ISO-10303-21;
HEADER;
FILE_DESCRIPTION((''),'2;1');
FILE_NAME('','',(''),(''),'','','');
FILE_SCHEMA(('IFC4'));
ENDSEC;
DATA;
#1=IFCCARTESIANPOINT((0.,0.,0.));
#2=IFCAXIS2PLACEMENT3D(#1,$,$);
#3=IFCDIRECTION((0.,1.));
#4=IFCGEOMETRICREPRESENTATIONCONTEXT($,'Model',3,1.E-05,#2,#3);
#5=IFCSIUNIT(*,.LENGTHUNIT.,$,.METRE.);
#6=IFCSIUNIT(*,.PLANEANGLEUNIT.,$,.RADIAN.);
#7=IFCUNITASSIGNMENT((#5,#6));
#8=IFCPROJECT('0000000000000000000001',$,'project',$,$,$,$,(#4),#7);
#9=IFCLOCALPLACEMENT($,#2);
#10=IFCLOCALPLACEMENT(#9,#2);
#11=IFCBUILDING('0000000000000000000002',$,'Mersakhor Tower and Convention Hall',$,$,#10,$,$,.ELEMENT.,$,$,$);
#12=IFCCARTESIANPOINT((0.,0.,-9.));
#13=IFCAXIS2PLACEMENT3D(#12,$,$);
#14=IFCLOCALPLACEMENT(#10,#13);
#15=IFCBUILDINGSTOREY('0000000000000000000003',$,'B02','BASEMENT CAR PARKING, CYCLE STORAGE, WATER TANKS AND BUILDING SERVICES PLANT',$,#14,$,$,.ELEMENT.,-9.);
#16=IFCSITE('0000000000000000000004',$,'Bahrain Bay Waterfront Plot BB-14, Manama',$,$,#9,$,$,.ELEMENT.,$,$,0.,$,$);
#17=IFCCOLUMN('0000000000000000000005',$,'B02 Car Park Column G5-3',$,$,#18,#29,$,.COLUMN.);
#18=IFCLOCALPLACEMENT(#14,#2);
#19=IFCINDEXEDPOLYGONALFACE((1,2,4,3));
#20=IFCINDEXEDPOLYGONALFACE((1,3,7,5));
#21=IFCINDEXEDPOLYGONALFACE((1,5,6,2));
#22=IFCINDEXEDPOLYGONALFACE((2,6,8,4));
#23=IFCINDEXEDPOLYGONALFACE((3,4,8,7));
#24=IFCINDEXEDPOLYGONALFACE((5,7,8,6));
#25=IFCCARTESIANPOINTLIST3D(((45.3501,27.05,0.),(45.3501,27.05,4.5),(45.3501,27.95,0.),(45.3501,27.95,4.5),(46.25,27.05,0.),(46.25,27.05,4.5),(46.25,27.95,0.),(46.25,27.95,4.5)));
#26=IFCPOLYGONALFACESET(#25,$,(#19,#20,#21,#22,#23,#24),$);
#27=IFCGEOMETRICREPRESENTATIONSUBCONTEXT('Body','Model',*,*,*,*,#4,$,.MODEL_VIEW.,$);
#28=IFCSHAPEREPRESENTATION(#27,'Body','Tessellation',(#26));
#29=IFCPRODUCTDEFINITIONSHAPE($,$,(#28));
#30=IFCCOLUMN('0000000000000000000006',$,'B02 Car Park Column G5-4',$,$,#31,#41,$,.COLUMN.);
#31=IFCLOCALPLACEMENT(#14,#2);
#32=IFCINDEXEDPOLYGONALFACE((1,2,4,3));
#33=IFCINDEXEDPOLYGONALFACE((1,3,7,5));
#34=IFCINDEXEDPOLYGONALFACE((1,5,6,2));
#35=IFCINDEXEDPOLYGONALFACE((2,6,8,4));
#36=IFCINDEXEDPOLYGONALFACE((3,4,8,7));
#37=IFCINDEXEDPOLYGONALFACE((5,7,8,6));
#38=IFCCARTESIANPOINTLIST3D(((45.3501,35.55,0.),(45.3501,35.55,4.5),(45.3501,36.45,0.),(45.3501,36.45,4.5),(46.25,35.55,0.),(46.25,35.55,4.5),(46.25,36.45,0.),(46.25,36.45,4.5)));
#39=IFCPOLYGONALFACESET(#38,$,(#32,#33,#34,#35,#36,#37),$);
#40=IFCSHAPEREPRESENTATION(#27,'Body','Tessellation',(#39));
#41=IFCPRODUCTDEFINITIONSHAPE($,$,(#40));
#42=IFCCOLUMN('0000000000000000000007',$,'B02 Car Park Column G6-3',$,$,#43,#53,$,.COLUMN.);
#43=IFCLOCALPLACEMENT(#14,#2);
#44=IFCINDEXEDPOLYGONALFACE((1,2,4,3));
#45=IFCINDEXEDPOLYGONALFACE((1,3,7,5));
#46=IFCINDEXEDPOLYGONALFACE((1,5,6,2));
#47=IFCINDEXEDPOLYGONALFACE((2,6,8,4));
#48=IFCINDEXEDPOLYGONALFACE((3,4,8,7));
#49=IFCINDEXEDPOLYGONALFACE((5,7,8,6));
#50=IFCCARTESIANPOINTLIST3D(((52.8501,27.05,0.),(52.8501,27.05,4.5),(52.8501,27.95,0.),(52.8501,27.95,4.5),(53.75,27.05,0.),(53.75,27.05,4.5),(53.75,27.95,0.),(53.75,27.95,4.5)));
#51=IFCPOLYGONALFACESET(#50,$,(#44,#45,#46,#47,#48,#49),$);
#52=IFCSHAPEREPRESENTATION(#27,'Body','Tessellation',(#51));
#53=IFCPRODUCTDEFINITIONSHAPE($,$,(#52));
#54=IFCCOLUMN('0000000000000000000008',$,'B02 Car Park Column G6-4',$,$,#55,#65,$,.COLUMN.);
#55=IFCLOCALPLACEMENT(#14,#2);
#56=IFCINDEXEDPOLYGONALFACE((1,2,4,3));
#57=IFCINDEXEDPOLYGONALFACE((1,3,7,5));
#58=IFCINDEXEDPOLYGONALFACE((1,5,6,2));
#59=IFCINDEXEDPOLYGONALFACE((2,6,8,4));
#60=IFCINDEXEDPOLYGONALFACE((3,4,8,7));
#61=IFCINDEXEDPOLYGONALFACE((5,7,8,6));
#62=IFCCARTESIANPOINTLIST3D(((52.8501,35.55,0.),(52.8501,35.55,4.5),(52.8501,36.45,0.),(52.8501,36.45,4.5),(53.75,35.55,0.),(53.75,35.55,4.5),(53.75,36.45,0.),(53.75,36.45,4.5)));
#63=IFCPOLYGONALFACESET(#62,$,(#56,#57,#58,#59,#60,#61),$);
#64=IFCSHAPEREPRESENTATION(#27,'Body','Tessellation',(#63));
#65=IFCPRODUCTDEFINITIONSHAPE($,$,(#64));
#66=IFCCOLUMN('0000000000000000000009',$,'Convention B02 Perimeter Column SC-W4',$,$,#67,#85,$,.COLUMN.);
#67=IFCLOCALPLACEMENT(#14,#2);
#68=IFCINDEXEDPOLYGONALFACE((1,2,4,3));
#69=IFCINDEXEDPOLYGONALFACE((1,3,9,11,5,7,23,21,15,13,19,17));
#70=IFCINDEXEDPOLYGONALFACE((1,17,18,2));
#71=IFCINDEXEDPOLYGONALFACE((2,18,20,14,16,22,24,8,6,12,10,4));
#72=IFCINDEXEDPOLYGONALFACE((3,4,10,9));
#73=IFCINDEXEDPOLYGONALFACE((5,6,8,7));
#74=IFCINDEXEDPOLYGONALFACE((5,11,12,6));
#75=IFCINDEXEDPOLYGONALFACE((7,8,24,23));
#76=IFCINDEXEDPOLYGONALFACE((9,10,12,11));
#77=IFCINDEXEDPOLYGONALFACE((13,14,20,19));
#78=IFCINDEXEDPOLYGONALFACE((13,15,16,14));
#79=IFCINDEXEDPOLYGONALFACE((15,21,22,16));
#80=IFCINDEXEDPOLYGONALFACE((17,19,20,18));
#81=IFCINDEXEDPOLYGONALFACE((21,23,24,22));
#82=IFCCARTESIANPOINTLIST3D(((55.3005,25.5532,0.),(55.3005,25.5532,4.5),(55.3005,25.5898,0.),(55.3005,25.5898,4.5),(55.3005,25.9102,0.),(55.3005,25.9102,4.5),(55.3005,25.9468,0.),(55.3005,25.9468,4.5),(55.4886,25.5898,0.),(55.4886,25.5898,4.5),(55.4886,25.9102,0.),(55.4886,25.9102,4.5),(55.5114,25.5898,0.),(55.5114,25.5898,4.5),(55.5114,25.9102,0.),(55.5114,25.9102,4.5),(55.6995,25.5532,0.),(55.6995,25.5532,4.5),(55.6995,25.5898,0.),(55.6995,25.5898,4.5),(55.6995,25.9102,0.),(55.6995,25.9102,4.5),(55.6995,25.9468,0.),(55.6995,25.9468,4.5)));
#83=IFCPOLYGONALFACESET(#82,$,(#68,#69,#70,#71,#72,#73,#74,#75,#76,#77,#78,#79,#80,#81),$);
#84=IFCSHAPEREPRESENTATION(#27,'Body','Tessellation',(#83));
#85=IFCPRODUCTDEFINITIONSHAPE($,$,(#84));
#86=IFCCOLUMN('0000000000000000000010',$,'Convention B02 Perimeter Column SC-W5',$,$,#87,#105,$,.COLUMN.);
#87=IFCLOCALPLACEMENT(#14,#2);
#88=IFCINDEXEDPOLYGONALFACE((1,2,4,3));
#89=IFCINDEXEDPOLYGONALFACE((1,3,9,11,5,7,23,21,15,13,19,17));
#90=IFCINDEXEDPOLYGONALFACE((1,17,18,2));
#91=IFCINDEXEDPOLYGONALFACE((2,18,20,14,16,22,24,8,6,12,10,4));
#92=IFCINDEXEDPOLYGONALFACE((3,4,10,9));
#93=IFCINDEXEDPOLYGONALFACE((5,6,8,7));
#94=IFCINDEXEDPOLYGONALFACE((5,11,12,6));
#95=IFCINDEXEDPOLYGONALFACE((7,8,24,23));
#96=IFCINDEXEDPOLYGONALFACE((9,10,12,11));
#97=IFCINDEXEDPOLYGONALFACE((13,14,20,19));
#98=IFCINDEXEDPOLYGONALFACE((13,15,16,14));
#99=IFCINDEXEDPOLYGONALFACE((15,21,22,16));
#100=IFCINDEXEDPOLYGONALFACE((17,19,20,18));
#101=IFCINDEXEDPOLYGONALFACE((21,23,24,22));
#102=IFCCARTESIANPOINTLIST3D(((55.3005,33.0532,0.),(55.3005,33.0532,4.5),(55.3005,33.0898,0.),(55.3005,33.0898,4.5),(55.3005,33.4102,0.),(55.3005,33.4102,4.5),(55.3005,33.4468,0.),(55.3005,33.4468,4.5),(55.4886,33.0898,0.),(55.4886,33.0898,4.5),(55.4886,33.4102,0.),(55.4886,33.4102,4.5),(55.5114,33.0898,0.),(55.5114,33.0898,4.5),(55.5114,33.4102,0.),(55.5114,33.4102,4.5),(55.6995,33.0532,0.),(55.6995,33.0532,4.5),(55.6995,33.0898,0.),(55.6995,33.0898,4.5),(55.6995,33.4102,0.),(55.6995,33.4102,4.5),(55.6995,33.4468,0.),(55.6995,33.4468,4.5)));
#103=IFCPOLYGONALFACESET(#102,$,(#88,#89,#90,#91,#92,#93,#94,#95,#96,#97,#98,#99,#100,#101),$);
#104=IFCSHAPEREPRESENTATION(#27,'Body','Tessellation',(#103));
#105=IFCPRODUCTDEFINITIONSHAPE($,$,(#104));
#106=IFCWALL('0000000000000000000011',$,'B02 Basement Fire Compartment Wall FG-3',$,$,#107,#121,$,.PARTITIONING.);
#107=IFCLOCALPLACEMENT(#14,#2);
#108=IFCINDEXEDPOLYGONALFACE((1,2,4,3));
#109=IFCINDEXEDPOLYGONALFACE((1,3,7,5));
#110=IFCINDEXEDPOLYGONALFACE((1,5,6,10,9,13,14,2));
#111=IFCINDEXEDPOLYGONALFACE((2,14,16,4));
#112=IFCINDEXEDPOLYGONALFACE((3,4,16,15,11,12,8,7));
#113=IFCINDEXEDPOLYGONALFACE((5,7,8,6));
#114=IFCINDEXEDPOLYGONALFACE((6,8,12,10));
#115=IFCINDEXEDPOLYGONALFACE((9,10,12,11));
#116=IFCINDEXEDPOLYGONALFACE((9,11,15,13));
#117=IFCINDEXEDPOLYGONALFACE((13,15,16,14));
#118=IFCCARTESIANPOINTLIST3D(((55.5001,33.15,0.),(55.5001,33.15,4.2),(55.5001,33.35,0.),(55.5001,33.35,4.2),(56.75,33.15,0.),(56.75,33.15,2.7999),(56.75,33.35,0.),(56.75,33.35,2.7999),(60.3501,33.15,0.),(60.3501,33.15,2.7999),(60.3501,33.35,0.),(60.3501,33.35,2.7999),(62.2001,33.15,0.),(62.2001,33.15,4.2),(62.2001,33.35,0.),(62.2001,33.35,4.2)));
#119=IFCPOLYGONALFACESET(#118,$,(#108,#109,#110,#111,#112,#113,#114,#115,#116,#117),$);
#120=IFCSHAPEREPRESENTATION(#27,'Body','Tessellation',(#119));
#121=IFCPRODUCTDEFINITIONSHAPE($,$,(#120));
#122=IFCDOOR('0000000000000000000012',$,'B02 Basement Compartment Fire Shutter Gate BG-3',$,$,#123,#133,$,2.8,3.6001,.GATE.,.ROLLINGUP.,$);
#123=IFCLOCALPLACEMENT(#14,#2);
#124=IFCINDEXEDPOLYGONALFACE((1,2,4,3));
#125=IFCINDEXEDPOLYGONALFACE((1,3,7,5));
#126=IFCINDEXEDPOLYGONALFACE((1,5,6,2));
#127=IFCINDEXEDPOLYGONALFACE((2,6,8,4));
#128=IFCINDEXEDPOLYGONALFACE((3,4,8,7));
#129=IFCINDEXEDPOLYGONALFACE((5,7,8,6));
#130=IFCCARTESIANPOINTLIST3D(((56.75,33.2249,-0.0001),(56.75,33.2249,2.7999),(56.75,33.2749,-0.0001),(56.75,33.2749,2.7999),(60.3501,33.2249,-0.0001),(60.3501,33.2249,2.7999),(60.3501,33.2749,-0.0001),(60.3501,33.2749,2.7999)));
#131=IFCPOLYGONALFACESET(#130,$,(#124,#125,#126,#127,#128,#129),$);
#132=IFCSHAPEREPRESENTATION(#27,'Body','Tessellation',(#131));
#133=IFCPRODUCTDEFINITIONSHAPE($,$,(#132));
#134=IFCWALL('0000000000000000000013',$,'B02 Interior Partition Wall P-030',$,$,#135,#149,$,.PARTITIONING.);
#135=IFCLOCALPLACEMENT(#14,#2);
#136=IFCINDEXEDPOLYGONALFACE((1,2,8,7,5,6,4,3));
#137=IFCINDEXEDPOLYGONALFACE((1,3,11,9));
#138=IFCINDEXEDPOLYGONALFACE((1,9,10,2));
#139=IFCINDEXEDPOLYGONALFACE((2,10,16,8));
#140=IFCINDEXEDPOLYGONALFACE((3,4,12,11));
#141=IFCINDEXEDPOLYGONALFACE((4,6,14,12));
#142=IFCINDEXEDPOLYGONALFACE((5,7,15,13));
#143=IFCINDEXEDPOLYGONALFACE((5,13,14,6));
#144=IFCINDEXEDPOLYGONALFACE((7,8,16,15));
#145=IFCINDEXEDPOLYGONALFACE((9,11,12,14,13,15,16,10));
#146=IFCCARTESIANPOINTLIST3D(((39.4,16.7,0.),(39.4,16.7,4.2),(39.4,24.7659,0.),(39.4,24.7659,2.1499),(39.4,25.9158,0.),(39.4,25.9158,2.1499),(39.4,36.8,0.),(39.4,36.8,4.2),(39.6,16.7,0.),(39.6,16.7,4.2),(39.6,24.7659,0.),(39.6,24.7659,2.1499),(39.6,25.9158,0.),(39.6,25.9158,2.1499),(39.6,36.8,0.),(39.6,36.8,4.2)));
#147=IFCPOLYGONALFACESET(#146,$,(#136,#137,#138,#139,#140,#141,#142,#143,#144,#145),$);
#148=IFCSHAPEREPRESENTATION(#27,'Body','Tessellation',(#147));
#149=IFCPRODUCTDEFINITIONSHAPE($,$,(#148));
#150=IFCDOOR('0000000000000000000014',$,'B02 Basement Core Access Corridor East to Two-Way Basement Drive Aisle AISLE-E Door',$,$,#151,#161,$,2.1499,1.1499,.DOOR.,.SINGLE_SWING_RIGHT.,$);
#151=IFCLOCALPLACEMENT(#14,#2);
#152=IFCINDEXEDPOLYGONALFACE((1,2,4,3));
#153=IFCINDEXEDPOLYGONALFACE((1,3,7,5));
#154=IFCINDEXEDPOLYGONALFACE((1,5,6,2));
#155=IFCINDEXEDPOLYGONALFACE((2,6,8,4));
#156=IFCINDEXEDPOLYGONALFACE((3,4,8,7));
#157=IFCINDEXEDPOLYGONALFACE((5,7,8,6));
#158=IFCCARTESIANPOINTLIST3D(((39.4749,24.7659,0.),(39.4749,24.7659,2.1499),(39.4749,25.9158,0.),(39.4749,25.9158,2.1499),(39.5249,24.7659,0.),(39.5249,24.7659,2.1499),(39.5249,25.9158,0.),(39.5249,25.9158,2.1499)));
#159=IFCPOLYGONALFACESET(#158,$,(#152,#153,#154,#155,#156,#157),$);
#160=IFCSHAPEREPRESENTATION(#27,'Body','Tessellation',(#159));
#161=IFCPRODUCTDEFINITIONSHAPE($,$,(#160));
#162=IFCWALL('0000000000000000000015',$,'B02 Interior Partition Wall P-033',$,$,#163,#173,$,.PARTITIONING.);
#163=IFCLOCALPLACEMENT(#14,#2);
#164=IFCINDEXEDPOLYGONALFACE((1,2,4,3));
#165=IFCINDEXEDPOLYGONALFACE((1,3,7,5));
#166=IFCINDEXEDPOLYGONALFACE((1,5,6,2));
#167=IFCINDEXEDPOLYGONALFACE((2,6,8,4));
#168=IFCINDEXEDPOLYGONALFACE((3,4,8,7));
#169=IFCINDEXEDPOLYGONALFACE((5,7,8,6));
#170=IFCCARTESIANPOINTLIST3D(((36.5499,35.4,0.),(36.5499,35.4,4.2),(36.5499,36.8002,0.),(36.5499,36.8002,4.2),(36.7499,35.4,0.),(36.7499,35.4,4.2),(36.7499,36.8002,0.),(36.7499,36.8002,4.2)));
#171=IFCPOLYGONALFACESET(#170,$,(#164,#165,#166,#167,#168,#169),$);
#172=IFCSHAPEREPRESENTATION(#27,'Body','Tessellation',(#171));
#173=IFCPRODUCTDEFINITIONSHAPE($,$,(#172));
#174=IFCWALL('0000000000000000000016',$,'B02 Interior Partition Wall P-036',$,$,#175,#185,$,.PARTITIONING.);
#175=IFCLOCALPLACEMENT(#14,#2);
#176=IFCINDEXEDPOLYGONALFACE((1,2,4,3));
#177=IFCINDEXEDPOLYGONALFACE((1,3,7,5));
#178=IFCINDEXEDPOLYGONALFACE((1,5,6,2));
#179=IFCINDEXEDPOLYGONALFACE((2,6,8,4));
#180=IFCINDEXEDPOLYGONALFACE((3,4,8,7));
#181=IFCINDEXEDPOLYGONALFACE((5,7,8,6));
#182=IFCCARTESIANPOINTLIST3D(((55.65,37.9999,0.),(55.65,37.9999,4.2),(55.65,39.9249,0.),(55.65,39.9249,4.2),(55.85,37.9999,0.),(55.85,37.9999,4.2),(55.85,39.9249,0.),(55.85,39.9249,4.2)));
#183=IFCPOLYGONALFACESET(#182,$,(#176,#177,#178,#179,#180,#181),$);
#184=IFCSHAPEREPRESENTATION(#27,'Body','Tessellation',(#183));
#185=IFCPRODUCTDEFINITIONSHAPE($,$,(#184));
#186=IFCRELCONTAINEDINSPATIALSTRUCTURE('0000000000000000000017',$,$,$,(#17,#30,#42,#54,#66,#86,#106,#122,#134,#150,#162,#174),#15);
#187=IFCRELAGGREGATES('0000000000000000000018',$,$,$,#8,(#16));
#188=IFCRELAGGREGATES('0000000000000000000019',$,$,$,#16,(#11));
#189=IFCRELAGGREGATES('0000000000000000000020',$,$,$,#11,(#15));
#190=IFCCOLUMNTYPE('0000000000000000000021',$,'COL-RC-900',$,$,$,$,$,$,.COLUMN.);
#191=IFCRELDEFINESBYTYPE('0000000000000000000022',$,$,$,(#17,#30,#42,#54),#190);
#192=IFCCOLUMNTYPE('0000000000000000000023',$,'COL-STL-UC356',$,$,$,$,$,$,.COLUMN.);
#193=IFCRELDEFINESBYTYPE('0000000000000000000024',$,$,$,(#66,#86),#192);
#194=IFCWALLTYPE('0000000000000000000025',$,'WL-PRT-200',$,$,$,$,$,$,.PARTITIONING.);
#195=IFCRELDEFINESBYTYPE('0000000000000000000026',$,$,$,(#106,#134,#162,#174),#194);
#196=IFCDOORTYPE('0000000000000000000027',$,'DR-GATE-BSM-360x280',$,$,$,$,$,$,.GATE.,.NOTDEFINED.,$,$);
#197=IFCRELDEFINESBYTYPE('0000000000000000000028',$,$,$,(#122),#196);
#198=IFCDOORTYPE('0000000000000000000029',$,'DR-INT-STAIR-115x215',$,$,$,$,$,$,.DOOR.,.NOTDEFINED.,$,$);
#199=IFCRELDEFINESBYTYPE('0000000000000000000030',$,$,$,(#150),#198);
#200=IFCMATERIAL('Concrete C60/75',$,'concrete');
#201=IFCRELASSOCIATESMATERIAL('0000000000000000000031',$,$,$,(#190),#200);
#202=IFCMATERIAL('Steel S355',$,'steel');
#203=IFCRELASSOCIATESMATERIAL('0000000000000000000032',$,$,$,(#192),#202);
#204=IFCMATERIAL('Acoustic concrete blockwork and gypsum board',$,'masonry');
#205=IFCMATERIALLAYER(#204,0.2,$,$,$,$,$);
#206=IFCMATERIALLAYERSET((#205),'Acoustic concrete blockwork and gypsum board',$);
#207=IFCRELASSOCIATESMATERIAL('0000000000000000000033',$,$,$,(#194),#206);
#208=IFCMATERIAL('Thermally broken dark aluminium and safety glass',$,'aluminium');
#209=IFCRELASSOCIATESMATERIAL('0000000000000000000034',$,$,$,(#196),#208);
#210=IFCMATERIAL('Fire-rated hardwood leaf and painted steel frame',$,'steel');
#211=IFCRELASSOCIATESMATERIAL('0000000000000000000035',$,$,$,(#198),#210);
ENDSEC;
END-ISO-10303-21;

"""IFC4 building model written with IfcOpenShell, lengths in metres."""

from ifc_helpers import new_model, si_unit, direction, frame, frame_2d, origin, origin_2d, place, context, subcontext, project, spatial, rectangle, i_section, extrude, material, layer, layer_set, material_profile, profile_set, type_object, element, fill, save


model = new_model("IFC4")

# Units and contexts
model_context = context("Model", 3, precision=1e-05, world=origin(), true_north=direction((0.0, 1.0)))
body_context = subcontext(model_context, "Body", "Model", "MODEL_VIEW")
ifc_project = project(units=[si_unit("LENGTHUNIT", "METRE"), si_unit("PLANEANGLEUNIT", "RADIAN")], contexts=[model_context])

# Site, building, storey
site_placement = place(None, origin())
site = spatial("IfcSite", under=ifc_project, at=site_placement, Name="Bahrain Bay Waterfront Plot BB-14, Manama", CompositionType="ELEMENT", RefElevation=0.0)
building_placement = place(site_placement, origin())
building = spatial("IfcBuilding", under=site, at=building_placement, Name="Mersakhor Tower and Convention Hall", CompositionType="ELEMENT")
storey_placement = place(building_placement, frame((0.0, 0.0, -9.0)))
storey = spatial("IfcBuildingStorey", under=building, at=storey_placement, Name="B02", Description="BASEMENT CAR PARKING, CYCLE STORAGE, WATER TANKS AND BUILDING SERVICES PLANT", CompositionType="ELEMENT", Elevation=-9.0)

# Columns
ifc_material_1 = material(Name="Concrete C60/75", Category="concrete")
ifc_material_profile_1 = material_profile(ifc_material_1, rectangle(XDim=0.8999, YDim=0.8999, at=origin_2d()), Name="RC 900x900")
ifc_profile_set_1 = profile_set([ifc_material_profile_1], Name="Concrete C60/75")
column_type_1 = type_object("IfcColumnType", Name="COL-RC-900", PredefinedType="COLUMN", material=ifc_profile_set_1)
for number, where, z_axis, x_axis, name in (
    (1, (45.8, 27.5, 0.0), (0.0, 0.0, 1.0), (1.0, 0.0, 0.0), "B02 Car Park Column G5-3"),
    (2, (45.8, 36.0, 0.0), (0.0, 0.0, 1.0), (1.0, 0.0, 0.0), "B02 Car Park Column G5-4"),
    (3, (53.3, 27.5, 0.0), (0.0, 0.0, 1.0), (1.0, 0.0, 0.0), "B02 Car Park Column G6-3"),
    (4, (53.3, 36.0, 0.0), (0.0, 0.0, 1.0), (1.0, 0.0, 0.0), "B02 Car Park Column G6-4"),
):
    element("IfcColumn", number, at=place(storey_placement, frame(where, z_axis=z_axis, x_axis=x_axis)), inside=storey, type_object=column_type_1, Name=name, PredefinedType="COLUMN", context=body_context, shape_type="SweptSolid", body=[
        extrude(rectangle(XDim=0.8999, YDim=0.8999, at=origin_2d()), origin(), (0.0, 0.0, 1.0), 4.5),
    ])
ifc_material_2 = material(Name="Steel S355", Category="steel")
ifc_material_profile_2 = material_profile(ifc_material_2, i_section(OverallWidth=0.3989, OverallDepth=0.3936, WebThickness=0.0227, FlangeThickness=0.0366, at=origin_2d()), Name="UC 356x406x287")
ifc_profile_set_2 = profile_set([ifc_material_profile_2], Name="Steel S355")
column_type_2 = type_object("IfcColumnType", Name="COL-STL-UC356", PredefinedType="COLUMN", material=ifc_profile_set_2)
for number, where, z_axis, x_axis, name in (
    (5, (55.5, 25.75, 0.0), (0.0, 0.0, 1.0), (1.0, 0.0, 0.0), "Convention B02 Perimeter Column SC-W4"),
    (6, (55.5, 33.25, 0.0), (0.0, 0.0, 1.0), (1.0, 0.0, 0.0), "Convention B02 Perimeter Column SC-W5"),
):
    element("IfcColumn", number, at=place(storey_placement, frame(where, z_axis=z_axis, x_axis=x_axis)), inside=storey, type_object=column_type_2, Name=name, PredefinedType="COLUMN", context=body_context, shape_type="SweptSolid", body=[
        extrude(i_section(OverallWidth=0.3989, OverallDepth=0.3936, WebThickness=0.0227, FlangeThickness=0.0366, at=origin_2d()), origin(), (0.0, 0.0, 1.0), 4.5),
    ])

# Walls, openings, doors
ifc_material_3 = material(Name="Acoustic concrete blockwork and gypsum board", Category="masonry")
ifc_layer = layer(ifc_material_3, 0.2)
ifc_layer_set = layer_set([ifc_layer], Name="Acoustic concrete blockwork and gypsum board")
wall_type = type_object("IfcWallType", Name="WL-PRT-200", PredefinedType="PARTITIONING", material=ifc_layer_set)
wall_1_placement = place(storey_placement, frame((55.5, 33.25, 0.0), z_axis=(0.0, 0.0, 1.0), x_axis=(1.0, 0.0, 0.0)))
wall_1 = element("IfcWall", 7, at=wall_1_placement, inside=storey, type_object=wall_type, Name="B02 Basement Fire Compartment Wall FG-3", PredefinedType="PARTITIONING", context=body_context, shape_type="SweptSolid", body=[
    extrude(rectangle(XDim=6.7, YDim=0.2, at=frame_2d((3.3501, 0.0))), origin(), (0.0, 0.0, 1.0), 4.2),
])
opening_1_placement = place(wall_1_placement, frame((1.25, 0.0, 0.0)))
opening_1 = element("IfcOpeningElement", 8, at=opening_1_placement, cuts=wall_1, PredefinedType="OPENING", context=body_context, shape_type="SweptSolid", body=[
    extrude(rectangle(XDim=3.6001, YDim=2.8, at=frame_2d((1.8, 1.3999))), frame((0.0, 0.1099, 0.0), z_axis=(0.0, -1.0, 0.0), x_axis=(1.0, 0.0, 0.0)), (0.0, 0.0, 1.0), 0.22),
])
ifc_material_4 = material(Name="Thermally broken dark aluminium and safety glass", Category="aluminium")
door_type_1 = type_object("IfcDoorType", Name="DR-GATE-BSM-360x280", OperationType="NOTDEFINED", PredefinedType="GATE", material=ifc_material_4)
door_1_placement = place(opening_1_placement, origin())
door_1 = element("IfcDoor", 9, at=door_1_placement, inside=storey, type_object=door_type_1, Name="B02 Basement Compartment Fire Shutter Gate BG-3", OperationType="ROLLINGUP", OverallHeight=2.8, OverallWidth=3.6001, PredefinedType="GATE", context=body_context, shape_type="SweptSolid", body=[
    extrude(rectangle(XDim=3.6001, YDim=2.8, at=frame_2d((1.8, 1.3999))), frame((0.0, 0.0249, 0.0), z_axis=(0.0, -1.0, 0.0), x_axis=(1.0, 0.0, 0.0)), (0.0, 0.0, 1.0), 0.05),
])
fill(opening_1, door_1)
wall_2_placement = place(storey_placement, frame((39.5, 36.8, 0.0), z_axis=(0.0, 0.0, 1.0), x_axis=(0.0, -1.0, 0.0)))
wall_2 = element("IfcWall", 10, at=wall_2_placement, inside=storey, type_object=wall_type, Name="B02 Interior Partition Wall P-030", PredefinedType="PARTITIONING", context=body_context, shape_type="SweptSolid", body=[
    extrude(rectangle(XDim=20.1001, YDim=0.2, at=frame_2d((10.05, 0.0))), origin(), (0.0, 0.0, 1.0), 4.2),
])
opening_2_placement = place(wall_2_placement, frame((10.8843, 0.0, 0.0)))
opening_2 = element("IfcOpeningElement", 11, at=opening_2_placement, cuts=wall_2, PredefinedType="OPENING", context=body_context, shape_type="SweptSolid", body=[
    extrude(rectangle(XDim=1.1499, YDim=2.1499, at=frame_2d((0.575, 1.075))), frame((0.0, 0.1099, 0.0), z_axis=(0.0, -1.0, 0.0), x_axis=(1.0, 0.0, 0.0)), (0.0, 0.0, 1.0), 0.22),
])
ifc_material_5 = material(Name="Fire-rated hardwood leaf and painted steel frame", Category="steel")
door_type_2 = type_object("IfcDoorType", Name="DR-INT-STAIR-115x215", OperationType="NOTDEFINED", PredefinedType="DOOR", material=ifc_material_5)
door_2_placement = place(opening_2_placement, origin())
door_2 = element("IfcDoor", 12, at=door_2_placement, inside=storey, type_object=door_type_2, Name="B02 Basement Core Access Corridor East to Two-Way Basement Drive Aisle AISLE-E Door", OperationType="SINGLE_SWING_RIGHT", OverallHeight=2.1499, OverallWidth=1.1499, PredefinedType="DOOR", context=body_context, shape_type="SweptSolid", body=[
    extrude(rectangle(XDim=1.1499, YDim=2.1499, at=frame_2d((0.575, 1.075))), frame((0.0, 0.0249, 0.0), z_axis=(0.0, -1.0, 0.0), x_axis=(1.0, 0.0, 0.0)), (0.0, 0.0, 1.0), 0.05),
])
fill(opening_2, door_2)

# Wall
wall_3_placement = place(storey_placement, frame((36.6499, 35.3999, 0.0), z_axis=(0.0, 0.0, 1.0), x_axis=(0.0, 1.0, 0.0)))
element("IfcWall", 13, at=wall_3_placement, inside=storey, type_object=wall_type, Name="B02 Interior Partition Wall P-033", PredefinedType="PARTITIONING", context=body_context, shape_type="SweptSolid", body=[
    extrude(rectangle(XDim=1.4001, YDim=0.2, at=frame_2d((0.7002, 0.0))), origin(), (0.0, 0.0, 1.0), 4.2),
])

# Wall
wall_4_placement = place(storey_placement, frame((55.75, 38.0, 0.0), z_axis=(0.0, 0.0, 1.0), x_axis=(0.0, 1.0, 0.0)))
element("IfcWall", 14, at=wall_4_placement, inside=storey, type_object=wall_type, Name="B02 Interior Partition Wall P-036", PredefinedType="PARTITIONING", context=body_context, shape_type="SweptSolid", body=[
    extrude(rectangle(XDim=1.925, YDim=0.2, at=frame_2d((0.9624, 0.0))), origin(), (0.0, 0.0, 1.0), 4.2),
])

save(model, "model.ifc")
